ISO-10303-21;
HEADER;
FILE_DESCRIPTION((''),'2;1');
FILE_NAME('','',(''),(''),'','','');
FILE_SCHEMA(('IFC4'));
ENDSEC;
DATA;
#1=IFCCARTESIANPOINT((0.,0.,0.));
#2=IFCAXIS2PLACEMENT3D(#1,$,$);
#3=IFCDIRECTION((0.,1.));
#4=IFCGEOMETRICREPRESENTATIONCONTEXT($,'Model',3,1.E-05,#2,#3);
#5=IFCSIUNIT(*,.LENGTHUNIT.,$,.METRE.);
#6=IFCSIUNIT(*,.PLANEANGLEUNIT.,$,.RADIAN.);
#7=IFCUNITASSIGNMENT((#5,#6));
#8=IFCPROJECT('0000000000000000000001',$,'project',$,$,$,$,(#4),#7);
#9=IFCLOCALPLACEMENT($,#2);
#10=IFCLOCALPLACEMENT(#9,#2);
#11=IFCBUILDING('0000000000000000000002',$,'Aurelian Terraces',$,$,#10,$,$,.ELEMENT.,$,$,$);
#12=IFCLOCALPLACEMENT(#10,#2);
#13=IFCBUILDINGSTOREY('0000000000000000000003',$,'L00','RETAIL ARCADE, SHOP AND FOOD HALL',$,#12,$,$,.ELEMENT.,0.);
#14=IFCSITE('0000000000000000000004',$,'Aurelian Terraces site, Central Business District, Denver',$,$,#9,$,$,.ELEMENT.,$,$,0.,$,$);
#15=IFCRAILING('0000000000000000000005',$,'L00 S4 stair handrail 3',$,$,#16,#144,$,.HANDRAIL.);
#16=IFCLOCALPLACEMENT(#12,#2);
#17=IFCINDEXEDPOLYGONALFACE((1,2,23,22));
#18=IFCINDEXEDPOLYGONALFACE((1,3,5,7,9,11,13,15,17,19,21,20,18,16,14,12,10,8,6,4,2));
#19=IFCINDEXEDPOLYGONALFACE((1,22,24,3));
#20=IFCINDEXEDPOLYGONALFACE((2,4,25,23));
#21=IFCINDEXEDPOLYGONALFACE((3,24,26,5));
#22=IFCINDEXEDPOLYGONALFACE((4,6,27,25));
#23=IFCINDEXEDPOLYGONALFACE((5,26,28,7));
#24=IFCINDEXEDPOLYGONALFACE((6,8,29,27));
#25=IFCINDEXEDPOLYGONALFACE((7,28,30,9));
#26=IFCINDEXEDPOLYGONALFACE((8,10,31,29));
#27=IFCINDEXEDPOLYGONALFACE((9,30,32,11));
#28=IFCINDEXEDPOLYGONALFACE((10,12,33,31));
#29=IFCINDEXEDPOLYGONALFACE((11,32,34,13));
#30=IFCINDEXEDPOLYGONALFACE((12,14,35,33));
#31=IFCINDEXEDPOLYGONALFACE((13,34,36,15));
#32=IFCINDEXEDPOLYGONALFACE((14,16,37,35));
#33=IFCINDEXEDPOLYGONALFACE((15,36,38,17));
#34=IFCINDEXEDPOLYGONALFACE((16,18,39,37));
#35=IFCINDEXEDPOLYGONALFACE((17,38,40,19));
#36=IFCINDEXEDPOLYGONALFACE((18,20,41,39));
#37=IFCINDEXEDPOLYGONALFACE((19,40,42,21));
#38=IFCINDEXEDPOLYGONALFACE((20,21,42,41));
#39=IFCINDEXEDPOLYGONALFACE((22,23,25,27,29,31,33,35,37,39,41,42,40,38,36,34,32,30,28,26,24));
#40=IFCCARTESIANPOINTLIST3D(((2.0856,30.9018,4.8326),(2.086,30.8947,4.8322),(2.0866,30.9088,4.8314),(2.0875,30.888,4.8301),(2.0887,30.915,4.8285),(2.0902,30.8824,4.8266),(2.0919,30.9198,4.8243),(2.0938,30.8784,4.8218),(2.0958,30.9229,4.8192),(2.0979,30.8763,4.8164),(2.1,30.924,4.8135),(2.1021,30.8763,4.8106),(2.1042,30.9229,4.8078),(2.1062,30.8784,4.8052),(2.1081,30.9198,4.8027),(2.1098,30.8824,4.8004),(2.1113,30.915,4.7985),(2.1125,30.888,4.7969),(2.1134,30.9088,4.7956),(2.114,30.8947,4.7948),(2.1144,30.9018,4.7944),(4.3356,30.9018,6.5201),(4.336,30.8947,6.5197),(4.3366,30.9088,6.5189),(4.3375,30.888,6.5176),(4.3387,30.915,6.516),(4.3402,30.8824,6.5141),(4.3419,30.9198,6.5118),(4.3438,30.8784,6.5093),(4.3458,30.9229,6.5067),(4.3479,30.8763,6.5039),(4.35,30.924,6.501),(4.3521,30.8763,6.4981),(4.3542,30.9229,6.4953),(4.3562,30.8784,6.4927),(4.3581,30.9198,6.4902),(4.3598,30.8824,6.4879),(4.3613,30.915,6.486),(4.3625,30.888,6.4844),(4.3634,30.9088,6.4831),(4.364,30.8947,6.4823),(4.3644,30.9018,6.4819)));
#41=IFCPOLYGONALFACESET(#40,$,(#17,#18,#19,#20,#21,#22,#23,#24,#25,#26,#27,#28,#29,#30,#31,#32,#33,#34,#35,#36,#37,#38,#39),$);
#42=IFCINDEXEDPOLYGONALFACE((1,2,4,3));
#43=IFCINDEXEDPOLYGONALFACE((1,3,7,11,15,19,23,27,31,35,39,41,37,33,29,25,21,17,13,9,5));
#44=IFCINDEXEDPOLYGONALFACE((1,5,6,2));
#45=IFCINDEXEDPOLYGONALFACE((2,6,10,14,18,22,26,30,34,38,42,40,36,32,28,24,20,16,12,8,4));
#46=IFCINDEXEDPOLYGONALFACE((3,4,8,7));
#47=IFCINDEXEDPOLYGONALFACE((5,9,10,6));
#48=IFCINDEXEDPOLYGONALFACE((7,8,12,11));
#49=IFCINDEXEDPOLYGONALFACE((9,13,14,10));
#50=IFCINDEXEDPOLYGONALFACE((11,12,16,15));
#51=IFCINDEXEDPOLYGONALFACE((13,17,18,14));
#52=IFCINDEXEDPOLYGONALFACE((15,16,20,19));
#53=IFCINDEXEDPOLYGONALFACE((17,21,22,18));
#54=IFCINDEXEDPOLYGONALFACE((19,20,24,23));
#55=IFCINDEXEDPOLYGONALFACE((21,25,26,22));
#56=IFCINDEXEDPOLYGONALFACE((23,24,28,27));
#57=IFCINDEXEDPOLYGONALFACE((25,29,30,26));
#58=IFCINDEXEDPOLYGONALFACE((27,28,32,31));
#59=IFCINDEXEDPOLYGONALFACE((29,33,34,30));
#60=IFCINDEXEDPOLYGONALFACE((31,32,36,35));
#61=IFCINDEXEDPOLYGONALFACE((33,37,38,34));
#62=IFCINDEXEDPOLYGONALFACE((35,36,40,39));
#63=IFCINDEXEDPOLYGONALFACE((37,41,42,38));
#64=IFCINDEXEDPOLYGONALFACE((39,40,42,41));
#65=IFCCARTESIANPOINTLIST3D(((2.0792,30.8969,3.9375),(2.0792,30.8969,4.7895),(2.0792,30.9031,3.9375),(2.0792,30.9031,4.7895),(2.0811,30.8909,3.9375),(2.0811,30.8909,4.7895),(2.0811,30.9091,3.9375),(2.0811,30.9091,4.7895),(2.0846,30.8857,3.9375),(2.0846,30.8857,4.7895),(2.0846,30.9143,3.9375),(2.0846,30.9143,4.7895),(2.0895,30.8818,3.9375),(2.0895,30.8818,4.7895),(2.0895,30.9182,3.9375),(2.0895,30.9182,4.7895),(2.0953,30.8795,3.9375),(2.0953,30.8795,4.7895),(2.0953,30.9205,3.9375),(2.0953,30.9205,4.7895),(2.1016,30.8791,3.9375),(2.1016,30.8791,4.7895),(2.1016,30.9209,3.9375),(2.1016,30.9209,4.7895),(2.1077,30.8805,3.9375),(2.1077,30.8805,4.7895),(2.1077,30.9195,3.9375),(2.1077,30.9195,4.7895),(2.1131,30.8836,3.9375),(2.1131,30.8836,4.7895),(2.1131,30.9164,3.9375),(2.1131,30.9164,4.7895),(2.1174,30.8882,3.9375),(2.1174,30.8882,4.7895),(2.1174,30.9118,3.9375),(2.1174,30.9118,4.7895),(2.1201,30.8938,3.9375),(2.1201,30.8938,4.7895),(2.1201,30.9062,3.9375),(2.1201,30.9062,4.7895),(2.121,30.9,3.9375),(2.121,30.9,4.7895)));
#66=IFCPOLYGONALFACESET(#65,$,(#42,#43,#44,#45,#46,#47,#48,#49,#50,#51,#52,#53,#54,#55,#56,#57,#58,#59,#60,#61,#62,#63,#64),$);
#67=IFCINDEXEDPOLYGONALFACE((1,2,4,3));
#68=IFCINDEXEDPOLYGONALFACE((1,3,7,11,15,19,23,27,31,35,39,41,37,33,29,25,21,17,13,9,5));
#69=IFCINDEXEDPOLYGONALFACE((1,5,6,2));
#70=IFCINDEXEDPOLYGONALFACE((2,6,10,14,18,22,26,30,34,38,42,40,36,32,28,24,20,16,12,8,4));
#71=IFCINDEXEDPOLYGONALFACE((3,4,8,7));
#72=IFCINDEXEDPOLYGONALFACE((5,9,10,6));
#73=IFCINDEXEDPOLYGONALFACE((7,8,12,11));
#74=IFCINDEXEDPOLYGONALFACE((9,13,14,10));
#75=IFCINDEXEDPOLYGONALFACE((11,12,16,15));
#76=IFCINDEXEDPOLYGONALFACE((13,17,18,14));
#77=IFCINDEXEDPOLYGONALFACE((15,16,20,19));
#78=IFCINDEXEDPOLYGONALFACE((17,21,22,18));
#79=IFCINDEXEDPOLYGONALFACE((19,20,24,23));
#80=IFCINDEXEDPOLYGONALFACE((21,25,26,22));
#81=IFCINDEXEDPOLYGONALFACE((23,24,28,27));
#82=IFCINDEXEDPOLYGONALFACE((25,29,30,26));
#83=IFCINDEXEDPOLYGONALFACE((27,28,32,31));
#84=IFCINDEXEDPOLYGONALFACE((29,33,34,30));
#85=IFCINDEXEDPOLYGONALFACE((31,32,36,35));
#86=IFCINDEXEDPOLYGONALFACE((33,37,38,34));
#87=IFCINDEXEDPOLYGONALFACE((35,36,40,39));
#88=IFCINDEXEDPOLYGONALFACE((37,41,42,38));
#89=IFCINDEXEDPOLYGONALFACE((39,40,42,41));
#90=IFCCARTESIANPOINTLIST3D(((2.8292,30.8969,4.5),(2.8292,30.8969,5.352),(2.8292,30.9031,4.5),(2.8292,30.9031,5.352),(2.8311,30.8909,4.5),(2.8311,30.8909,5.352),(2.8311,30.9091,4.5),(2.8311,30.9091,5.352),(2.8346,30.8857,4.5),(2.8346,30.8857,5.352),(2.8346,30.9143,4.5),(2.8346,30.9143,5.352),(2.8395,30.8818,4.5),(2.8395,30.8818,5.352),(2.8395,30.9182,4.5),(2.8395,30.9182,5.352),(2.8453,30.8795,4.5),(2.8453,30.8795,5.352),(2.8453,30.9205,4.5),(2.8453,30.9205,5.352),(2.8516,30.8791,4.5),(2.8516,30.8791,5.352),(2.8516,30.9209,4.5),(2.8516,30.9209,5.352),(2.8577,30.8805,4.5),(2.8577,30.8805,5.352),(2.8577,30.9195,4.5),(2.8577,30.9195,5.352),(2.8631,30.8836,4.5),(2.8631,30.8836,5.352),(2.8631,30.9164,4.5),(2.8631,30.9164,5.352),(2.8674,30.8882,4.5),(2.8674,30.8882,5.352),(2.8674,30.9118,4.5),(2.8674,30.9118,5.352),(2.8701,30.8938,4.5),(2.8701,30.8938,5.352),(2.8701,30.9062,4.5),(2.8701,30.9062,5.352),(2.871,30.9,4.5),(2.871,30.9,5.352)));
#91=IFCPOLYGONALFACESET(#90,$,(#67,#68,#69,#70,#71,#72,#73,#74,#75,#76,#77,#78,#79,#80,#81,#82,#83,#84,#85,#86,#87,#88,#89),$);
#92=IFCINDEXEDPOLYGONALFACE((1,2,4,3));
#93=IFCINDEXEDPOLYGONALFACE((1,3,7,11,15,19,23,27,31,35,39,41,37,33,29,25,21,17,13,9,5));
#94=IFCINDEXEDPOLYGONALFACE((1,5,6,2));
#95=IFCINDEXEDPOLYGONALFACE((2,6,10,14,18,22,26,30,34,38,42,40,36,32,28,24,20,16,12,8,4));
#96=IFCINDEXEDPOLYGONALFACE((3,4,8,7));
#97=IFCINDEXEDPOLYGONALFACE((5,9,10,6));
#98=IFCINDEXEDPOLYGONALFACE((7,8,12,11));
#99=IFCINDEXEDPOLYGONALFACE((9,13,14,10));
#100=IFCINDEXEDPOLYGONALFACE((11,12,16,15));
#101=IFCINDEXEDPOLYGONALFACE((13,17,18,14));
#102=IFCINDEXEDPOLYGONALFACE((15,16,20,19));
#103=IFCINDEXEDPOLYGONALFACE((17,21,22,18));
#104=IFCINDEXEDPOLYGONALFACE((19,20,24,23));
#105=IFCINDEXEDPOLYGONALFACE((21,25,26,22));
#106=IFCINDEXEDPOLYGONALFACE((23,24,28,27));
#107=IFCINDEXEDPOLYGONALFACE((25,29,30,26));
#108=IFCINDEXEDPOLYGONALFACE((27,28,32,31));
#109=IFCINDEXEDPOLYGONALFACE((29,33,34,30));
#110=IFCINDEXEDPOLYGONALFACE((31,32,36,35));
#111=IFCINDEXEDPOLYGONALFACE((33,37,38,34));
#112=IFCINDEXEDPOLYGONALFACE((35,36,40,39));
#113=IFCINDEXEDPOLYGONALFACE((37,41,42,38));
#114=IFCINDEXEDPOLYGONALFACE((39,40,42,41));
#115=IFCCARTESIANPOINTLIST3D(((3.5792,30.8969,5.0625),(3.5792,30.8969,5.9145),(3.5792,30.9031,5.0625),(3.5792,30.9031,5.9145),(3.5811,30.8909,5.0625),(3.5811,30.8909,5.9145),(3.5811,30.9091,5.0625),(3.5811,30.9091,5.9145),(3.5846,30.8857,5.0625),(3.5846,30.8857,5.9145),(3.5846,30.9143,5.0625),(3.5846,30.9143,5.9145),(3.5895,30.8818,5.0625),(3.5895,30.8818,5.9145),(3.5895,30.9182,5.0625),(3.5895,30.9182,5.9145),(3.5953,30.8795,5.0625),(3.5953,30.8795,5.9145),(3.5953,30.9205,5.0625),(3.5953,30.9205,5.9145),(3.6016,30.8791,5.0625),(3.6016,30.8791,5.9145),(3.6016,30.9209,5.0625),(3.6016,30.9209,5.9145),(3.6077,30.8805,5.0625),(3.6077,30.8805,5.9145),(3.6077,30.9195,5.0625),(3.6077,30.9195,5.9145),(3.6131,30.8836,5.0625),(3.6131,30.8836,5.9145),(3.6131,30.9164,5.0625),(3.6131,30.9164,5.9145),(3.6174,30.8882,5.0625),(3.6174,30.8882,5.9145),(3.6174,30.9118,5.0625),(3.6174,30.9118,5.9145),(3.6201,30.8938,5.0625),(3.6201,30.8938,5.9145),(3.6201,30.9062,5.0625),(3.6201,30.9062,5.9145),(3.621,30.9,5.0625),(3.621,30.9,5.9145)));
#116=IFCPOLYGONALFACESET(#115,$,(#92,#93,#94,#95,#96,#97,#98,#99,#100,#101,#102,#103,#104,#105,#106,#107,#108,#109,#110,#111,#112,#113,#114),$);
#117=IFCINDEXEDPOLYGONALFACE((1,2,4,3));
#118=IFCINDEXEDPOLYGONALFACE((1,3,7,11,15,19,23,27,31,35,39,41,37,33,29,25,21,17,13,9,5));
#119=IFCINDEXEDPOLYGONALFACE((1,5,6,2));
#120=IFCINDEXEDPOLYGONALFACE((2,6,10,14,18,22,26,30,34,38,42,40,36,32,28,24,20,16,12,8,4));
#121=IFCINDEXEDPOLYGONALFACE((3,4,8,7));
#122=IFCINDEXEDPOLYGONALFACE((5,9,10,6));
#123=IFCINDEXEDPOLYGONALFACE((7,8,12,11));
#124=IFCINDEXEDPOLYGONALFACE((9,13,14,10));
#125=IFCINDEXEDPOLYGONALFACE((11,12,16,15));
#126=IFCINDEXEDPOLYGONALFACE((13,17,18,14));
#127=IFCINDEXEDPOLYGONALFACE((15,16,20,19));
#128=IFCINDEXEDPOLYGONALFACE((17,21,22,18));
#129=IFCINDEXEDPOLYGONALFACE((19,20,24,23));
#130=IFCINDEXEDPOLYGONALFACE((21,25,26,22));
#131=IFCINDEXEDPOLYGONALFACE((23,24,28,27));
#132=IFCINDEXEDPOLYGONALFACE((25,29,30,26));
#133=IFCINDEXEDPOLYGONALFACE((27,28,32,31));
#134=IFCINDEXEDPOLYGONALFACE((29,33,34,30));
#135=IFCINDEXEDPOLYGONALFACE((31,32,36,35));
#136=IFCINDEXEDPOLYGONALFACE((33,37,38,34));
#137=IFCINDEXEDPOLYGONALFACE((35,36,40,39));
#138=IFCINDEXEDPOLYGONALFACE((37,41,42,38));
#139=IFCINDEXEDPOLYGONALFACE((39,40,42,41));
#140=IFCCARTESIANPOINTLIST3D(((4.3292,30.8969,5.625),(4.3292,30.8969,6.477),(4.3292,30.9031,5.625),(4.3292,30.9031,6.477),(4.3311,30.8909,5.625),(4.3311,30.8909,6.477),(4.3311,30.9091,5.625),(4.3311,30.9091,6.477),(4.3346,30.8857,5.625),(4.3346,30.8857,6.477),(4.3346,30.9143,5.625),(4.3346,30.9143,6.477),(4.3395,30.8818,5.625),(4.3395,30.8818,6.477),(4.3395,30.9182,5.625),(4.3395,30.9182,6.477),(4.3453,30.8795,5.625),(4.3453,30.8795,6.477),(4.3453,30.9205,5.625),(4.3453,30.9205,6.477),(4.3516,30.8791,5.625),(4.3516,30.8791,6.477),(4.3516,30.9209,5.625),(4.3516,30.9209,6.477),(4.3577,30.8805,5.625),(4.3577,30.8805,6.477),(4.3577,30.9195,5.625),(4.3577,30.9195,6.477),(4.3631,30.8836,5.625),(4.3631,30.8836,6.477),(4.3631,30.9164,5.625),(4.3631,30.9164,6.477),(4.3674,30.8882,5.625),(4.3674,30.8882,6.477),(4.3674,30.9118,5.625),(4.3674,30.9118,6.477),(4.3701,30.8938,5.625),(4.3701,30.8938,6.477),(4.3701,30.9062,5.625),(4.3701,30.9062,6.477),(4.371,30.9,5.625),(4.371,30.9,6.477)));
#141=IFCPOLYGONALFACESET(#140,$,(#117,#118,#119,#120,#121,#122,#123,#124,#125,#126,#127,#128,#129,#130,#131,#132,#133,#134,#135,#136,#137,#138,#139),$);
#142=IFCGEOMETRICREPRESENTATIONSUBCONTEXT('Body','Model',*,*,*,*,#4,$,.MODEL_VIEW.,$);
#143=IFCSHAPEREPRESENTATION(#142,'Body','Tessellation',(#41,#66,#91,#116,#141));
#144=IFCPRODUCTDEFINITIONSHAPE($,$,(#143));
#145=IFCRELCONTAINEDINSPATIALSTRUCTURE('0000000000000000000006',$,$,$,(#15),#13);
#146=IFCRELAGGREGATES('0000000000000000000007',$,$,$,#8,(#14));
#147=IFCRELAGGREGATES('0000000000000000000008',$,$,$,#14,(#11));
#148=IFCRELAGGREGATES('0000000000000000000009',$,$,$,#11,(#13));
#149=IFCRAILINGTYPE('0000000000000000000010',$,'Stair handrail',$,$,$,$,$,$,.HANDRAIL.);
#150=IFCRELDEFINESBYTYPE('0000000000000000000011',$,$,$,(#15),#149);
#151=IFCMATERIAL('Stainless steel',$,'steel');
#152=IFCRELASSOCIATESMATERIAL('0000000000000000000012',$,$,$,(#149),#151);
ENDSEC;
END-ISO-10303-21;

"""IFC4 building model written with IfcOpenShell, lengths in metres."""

from ifc_helpers import new_model, si_unit, direction, frame, origin, origin_2d, place, context, subcontext, project, spatial, circle, extrude, source, transform, mapped, material, type_object, element, save


model = new_model("IFC4")

# Units and contexts
model_context = context("Model", 3, precision=1e-05, world=origin(), true_north=direction((0.0, 1.0)))
body_context = subcontext(model_context, "Body", "Model", "MODEL_VIEW")
ifc_project = project(units=[si_unit("LENGTHUNIT", "METRE"), si_unit("PLANEANGLEUNIT", "RADIAN")], contexts=[model_context])

# Site, building, storey
site_placement = place(None, origin())
site = spatial("IfcSite", under=ifc_project, at=site_placement, Name="Aurelian Terraces site, Central Business District, Denver", CompositionType="ELEMENT", RefElevation=0.0)
building_placement = place(site_placement, origin())
building = spatial("IfcBuilding", under=site, at=building_placement, Name="Aurelian Terraces", CompositionType="ELEMENT")
storey_placement = place(building_placement, origin())
storey = spatial("IfcBuildingStorey", under=building, at=storey_placement, Name="L00", Description="RETAIL ARCADE, SHOP AND FOOD HALL", CompositionType="ELEMENT", Elevation=0.0)

# Railing
ifc_material_1 = material(Name="Stainless steel", Category="steel")
railing_type_1 = type_object("IfcRailingType", Name="Stair handrail", PredefinedType="HANDRAIL", material=ifc_material_1)
shared_shape_1 = source(origin(), body_context, "Body", "SweptSolid", [
    extrude(circle(Radius=0.024, at=origin_2d()), frame((0.0, 0.0, 0.876), z_axis=(0.8, 0.0, 0.6), x_axis=(0.0, 1.0, 0.0)), (0.0, 0.0, 1.0), 2.8125),
    extrude(circle(Radius=0.021, at=origin_2d()), origin(), (0.0, 0.0, 1.0), 0.852),
    extrude(circle(Radius=0.021, at=origin_2d()), frame((0.75, 0.0, 0.5625)), (0.0, 0.0, 1.0), 0.852),
    extrude(circle(Radius=0.021, at=origin_2d()), frame((1.5, 0.0, 1.125)), (0.0, 0.0, 1.0), 0.852),
    extrude(circle(Radius=0.021, at=origin_2d()), frame((2.25, 0.0, 1.6875)), (0.0, 0.0, 1.0), 0.852),
])
for number, where, name in (
    (1, (2.1, 30.9, 3.9375), "L00 S4 stair handrail 3"),
):
    element("IfcRailing", number, at=place(storey_placement, frame(where)), inside=storey, type_object=railing_type_1, Name=name, PredefinedType="HANDRAIL", context=body_context, shape_type="MappedRepresentation", body=[
        mapped(shared_shape_1, transform((0.0, 0.0, 0.0), scale=1.0)),
    ])

save(model, "model.ifc")
